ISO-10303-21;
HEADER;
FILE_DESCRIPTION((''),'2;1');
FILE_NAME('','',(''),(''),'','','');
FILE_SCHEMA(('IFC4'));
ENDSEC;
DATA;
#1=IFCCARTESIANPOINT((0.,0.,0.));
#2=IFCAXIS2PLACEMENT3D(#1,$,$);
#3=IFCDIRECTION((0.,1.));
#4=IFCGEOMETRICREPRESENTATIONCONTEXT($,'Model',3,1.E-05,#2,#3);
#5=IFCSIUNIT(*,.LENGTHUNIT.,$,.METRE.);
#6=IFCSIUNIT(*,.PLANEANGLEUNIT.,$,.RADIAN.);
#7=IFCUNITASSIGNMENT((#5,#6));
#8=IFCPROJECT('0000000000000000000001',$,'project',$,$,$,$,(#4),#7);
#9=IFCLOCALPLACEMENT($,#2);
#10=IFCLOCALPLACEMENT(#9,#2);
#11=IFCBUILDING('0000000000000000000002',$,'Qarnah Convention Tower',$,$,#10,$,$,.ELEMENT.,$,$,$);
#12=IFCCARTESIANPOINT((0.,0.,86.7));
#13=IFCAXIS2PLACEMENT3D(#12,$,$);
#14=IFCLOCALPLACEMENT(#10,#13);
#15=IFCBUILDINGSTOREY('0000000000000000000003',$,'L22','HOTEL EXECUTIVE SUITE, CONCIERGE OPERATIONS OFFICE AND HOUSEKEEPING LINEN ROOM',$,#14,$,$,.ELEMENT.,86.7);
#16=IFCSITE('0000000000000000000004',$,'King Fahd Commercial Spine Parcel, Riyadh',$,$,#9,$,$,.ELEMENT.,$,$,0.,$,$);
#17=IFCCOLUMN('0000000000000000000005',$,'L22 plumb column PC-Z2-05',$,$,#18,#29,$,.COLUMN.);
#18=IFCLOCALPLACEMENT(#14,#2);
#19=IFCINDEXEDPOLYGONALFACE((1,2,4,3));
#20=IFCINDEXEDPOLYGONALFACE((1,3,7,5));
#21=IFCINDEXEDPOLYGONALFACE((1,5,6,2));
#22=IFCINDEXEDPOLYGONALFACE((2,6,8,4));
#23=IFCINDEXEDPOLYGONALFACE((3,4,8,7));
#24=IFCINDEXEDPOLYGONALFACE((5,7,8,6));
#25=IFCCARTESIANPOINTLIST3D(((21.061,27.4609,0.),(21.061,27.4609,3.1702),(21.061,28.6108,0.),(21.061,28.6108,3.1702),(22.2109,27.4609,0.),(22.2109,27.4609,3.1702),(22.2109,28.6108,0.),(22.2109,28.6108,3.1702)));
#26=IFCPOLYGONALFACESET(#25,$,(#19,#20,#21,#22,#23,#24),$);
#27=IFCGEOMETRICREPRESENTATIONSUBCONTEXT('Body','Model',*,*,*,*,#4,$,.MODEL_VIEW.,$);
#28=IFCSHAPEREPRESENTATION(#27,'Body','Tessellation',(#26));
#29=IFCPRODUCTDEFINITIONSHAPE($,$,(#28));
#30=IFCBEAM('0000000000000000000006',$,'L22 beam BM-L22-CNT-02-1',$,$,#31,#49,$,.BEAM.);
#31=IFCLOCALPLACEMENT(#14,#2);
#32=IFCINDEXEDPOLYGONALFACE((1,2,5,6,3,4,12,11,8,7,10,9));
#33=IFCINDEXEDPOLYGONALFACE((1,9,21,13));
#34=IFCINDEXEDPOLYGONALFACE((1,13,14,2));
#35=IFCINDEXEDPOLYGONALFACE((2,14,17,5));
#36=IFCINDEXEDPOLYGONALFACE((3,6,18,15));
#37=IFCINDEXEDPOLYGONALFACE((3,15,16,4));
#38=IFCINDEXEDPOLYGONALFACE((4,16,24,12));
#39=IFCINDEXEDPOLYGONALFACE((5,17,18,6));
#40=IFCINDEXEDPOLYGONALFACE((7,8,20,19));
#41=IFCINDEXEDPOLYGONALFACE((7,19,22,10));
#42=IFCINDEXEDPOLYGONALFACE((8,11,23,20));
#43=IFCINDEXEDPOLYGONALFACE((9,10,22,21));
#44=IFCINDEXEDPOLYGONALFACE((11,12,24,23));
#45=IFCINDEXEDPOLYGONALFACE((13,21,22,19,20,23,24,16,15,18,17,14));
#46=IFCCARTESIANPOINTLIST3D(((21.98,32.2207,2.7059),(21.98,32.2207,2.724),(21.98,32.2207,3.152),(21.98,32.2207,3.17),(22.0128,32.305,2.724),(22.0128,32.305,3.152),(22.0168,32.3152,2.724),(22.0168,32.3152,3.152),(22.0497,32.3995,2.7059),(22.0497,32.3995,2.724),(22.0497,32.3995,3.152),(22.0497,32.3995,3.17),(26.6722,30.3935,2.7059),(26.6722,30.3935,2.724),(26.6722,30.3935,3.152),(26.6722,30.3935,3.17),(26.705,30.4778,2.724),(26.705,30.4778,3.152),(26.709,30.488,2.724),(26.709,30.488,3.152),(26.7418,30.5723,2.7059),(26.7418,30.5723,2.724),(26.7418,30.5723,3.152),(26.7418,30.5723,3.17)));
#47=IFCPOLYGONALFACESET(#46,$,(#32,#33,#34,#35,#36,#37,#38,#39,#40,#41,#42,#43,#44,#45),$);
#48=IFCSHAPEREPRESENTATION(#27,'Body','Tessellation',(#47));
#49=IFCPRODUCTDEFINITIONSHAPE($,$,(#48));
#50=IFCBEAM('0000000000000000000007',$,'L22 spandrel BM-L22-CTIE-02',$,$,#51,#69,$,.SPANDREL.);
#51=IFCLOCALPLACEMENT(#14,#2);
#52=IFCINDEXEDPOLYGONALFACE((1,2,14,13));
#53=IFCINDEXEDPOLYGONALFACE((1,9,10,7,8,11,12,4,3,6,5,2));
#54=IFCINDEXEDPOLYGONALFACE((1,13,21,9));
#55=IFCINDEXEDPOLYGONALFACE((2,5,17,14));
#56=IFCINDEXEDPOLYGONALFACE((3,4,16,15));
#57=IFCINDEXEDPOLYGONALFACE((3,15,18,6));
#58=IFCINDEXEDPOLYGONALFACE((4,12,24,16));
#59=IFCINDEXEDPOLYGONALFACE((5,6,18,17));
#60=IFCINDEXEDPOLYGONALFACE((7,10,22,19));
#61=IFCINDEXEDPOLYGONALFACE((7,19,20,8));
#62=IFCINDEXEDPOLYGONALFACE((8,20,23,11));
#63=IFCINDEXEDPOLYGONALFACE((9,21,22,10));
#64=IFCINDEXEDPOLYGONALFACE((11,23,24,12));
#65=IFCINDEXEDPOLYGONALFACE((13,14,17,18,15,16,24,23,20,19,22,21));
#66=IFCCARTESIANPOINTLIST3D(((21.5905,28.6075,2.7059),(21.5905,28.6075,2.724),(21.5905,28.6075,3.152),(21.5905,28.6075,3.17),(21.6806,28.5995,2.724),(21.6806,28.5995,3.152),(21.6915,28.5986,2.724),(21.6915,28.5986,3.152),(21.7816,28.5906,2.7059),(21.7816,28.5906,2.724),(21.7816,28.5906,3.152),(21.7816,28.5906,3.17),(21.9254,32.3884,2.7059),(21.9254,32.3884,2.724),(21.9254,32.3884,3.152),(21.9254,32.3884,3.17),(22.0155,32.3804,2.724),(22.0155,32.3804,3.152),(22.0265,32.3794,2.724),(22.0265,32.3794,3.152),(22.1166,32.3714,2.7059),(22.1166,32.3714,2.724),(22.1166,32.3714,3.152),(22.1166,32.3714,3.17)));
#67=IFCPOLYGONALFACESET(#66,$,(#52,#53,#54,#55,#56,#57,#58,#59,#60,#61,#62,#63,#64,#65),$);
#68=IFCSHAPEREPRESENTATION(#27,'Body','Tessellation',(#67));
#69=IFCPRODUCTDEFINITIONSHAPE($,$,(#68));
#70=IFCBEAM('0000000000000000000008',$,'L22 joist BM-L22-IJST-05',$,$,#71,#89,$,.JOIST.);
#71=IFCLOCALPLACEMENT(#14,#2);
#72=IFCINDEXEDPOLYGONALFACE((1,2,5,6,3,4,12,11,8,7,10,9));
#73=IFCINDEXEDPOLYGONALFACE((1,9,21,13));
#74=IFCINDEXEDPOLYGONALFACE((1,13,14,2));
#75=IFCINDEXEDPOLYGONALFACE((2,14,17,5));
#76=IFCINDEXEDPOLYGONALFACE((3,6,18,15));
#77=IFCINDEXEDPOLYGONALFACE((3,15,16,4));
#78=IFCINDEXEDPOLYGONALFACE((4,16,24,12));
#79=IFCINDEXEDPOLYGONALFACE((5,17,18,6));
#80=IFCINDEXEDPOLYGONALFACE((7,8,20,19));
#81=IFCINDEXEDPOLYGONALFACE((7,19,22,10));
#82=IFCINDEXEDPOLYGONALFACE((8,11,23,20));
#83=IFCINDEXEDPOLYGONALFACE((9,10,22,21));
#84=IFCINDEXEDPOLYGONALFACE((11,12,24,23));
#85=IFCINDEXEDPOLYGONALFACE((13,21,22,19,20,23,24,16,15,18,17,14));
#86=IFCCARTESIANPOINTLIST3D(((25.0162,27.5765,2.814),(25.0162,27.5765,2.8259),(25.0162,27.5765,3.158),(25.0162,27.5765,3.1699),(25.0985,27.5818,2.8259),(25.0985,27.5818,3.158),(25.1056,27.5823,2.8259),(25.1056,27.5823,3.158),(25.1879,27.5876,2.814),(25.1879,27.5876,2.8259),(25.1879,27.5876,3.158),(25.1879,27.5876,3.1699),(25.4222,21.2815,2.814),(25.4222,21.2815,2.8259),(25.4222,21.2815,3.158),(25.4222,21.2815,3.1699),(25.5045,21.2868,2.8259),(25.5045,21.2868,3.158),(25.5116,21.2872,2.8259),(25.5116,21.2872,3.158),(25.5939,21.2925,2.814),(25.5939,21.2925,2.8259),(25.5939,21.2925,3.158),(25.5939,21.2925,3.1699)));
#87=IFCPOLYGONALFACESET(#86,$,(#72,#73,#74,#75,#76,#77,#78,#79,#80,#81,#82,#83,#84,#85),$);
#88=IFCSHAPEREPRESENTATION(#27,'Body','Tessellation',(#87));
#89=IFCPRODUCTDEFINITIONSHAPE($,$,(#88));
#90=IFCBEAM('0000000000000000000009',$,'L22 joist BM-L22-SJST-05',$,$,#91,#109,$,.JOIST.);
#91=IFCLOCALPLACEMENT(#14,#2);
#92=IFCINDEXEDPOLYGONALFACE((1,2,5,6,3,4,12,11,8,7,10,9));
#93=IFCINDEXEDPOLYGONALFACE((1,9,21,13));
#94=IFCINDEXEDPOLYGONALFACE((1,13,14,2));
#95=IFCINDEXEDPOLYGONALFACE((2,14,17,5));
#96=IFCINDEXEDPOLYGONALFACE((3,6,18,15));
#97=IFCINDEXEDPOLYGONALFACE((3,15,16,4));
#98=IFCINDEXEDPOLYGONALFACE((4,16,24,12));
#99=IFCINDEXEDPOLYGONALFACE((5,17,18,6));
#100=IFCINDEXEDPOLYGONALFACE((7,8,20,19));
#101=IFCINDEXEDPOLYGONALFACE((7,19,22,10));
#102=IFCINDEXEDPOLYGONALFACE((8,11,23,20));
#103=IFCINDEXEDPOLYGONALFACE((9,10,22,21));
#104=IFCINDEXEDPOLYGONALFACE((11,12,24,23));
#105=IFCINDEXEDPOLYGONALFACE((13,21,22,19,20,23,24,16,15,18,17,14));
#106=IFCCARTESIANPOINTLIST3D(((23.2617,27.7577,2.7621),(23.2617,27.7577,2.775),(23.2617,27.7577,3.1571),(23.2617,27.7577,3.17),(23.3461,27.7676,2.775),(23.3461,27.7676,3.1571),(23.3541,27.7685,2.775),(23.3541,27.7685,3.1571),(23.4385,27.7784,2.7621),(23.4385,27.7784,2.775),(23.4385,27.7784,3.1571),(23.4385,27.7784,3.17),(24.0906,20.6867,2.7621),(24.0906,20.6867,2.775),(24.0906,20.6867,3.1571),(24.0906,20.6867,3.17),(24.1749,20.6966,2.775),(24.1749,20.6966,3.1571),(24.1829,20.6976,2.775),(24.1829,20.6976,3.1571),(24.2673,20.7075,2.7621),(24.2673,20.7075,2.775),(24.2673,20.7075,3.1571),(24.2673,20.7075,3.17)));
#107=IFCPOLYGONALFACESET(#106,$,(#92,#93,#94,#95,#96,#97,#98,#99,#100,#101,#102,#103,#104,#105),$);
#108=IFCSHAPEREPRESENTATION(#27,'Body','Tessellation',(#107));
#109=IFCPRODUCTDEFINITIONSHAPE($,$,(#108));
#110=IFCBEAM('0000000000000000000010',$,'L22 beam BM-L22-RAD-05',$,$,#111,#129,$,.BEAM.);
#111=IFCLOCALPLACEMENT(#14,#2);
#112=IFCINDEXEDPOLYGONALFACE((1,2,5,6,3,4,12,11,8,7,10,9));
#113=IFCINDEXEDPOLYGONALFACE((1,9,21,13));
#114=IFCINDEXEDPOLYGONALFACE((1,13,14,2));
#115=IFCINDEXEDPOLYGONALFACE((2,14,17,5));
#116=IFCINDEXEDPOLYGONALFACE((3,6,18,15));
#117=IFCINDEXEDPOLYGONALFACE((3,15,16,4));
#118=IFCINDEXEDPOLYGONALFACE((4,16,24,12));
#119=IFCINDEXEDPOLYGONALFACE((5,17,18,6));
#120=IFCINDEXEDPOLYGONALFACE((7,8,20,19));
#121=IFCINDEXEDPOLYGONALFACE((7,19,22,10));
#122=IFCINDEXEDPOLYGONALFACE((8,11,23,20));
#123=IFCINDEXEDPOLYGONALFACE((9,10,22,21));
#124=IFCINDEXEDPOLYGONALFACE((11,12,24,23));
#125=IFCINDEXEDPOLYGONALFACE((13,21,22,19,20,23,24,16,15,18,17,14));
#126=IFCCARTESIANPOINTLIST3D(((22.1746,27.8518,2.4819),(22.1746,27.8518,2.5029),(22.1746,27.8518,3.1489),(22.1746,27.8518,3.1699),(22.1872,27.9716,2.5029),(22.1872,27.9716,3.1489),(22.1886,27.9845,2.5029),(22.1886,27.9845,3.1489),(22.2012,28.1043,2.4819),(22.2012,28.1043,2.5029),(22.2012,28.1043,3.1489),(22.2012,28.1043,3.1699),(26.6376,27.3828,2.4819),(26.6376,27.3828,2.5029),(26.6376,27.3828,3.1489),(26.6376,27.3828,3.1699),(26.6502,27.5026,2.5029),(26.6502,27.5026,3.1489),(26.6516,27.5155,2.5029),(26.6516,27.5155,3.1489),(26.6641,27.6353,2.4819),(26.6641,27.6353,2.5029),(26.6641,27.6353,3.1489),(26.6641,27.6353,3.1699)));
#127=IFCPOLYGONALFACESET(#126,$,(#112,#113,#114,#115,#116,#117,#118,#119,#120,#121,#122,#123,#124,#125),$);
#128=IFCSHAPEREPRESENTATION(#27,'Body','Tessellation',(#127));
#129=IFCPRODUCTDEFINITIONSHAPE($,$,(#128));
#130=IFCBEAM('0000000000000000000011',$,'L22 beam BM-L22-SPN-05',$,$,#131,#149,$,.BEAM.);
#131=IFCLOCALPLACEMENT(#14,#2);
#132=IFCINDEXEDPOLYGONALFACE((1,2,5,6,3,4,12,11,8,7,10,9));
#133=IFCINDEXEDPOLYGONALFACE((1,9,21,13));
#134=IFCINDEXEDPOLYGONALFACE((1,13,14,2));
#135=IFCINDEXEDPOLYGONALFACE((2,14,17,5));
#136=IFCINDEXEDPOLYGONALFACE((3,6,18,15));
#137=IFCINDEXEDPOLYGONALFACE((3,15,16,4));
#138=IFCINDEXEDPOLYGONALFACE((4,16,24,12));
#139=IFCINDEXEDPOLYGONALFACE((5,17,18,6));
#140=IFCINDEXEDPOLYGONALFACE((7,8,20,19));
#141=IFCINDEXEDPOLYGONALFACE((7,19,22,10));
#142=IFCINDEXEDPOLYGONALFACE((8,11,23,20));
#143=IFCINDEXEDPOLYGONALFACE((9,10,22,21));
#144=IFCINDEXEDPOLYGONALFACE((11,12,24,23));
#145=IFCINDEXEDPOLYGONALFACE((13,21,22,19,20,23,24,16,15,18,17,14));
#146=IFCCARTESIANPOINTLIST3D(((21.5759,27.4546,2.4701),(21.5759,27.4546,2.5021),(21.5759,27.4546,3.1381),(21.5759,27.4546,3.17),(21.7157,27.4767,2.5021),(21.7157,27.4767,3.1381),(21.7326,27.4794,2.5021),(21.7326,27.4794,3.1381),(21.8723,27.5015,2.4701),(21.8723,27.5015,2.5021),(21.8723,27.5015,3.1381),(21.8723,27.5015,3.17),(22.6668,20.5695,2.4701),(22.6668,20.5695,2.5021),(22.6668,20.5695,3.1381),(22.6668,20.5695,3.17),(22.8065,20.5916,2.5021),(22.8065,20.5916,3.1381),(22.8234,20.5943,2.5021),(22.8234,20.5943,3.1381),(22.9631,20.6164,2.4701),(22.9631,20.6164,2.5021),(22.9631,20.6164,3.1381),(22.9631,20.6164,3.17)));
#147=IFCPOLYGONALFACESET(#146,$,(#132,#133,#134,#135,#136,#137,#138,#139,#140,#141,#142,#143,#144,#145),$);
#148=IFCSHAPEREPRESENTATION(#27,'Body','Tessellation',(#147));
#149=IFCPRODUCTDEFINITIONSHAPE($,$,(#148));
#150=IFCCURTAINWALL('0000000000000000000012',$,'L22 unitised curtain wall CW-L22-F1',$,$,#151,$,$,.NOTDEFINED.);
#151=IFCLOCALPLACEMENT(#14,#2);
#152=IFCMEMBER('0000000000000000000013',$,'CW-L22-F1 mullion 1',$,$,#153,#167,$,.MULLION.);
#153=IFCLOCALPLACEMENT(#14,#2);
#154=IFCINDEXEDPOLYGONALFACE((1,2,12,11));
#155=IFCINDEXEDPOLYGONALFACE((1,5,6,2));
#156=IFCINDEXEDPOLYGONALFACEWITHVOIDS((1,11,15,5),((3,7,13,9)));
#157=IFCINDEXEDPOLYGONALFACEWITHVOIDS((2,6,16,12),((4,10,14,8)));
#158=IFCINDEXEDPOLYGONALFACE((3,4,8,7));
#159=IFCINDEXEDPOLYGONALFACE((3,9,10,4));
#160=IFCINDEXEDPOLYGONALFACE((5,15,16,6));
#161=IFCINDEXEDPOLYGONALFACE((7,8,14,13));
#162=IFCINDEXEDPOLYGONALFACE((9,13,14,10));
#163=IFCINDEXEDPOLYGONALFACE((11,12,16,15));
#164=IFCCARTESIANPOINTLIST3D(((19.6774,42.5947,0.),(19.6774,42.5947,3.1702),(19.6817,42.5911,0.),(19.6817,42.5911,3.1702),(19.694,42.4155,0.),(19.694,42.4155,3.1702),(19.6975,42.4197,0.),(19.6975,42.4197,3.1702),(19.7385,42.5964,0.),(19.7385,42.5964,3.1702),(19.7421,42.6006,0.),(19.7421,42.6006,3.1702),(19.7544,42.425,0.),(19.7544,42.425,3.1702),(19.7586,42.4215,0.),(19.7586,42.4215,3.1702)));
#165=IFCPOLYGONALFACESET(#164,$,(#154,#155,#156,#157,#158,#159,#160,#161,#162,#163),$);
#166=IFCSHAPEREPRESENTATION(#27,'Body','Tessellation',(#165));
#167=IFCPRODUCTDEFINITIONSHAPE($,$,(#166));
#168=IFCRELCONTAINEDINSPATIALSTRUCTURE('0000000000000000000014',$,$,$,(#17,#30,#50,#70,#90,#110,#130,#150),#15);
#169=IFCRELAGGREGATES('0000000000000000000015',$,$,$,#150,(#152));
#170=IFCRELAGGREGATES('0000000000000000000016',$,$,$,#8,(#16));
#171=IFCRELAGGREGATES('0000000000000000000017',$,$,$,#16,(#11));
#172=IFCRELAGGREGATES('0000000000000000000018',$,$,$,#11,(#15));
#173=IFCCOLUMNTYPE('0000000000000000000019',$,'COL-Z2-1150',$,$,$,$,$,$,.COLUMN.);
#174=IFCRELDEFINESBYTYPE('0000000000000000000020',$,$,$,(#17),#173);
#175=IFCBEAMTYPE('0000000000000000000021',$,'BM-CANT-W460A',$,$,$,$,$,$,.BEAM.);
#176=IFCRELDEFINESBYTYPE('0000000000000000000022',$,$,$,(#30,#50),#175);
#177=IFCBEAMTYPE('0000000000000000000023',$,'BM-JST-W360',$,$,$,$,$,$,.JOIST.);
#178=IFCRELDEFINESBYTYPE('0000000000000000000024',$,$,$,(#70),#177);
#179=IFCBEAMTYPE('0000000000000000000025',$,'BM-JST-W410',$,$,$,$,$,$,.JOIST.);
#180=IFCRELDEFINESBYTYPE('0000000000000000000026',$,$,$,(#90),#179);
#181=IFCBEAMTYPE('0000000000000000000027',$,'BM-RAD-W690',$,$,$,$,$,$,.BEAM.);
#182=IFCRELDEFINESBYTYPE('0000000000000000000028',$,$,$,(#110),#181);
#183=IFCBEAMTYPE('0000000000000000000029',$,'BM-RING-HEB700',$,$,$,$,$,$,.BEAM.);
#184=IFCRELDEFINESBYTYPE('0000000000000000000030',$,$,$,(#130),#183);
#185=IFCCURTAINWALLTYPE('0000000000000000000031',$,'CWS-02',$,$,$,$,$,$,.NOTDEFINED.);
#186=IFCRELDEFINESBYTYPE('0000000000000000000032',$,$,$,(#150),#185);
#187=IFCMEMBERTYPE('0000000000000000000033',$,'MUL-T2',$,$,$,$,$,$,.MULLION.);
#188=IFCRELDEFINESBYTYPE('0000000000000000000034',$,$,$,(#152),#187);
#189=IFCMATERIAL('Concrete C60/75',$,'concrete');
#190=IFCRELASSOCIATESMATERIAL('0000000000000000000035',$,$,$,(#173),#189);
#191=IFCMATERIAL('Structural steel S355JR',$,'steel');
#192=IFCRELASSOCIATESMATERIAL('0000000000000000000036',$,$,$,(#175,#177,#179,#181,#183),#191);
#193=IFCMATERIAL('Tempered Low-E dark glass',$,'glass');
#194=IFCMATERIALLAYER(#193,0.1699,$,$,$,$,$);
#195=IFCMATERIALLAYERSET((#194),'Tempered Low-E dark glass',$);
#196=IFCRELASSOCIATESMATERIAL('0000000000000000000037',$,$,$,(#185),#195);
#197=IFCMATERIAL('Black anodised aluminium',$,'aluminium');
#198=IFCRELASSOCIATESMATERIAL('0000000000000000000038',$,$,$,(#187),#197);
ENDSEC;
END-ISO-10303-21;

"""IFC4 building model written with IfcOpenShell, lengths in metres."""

from ifc_helpers import new_model, si_unit, direction, frame, origin, origin_2d, place, context, subcontext, project, spatial, rectangle, hollow_rectangle, i_section, extrude, material, layer, layer_set, material_profile, profile_set, type_object, element, aggregate, save


model = new_model("IFC4")

# Units and contexts
model_context = context("Model", 3, precision=1e-05, world=origin(), true_north=direction((0.0, 1.0)))
body_context = subcontext(model_context, "Body", "Model", "MODEL_VIEW")
ifc_project = project(units=[si_unit("LENGTHUNIT", "METRE"), si_unit("PLANEANGLEUNIT", "RADIAN")], contexts=[model_context])

# Site, building, storey
site_placement = place(None, origin())
site = spatial("IfcSite", under=ifc_project, at=site_placement, Name="King Fahd Commercial Spine Parcel, Riyadh", CompositionType="ELEMENT", RefElevation=0.0)
building_placement = place(site_placement, origin())
building = spatial("IfcBuilding", under=site, at=building_placement, Name="Qarnah Convention Tower", CompositionType="ELEMENT")
storey_placement = place(building_placement, frame((0.0, 0.0, 86.7)))
storey = spatial("IfcBuildingStorey", under=building, at=storey_placement, Name="L22", Description="HOTEL EXECUTIVE SUITE, CONCIERGE OPERATIONS OFFICE AND HOUSEKEEPING LINEN ROOM", CompositionType="ELEMENT", Elevation=86.7)

# Column
ifc_material_1 = material(Name="Concrete C60/75", Category="concrete")
ifc_material_profile_1 = material_profile(ifc_material_1, rectangle(XDim=1.1499, YDim=1.1499, at=origin_2d()), Name="RC-COL-1150X1150")
ifc_profile_set_1 = profile_set([ifc_material_profile_1], Name="Concrete C60/75")
column_type = type_object("IfcColumnType", Name="COL-Z2-1150", PredefinedType="COLUMN", material=ifc_profile_set_1)
column_placement = place(storey_placement, frame((21.636, 28.0359, 0.0), z_axis=(0.0, 0.0, 1.0), x_axis=(1.0, 0.0, 0.0)))
element("IfcColumn", 1, at=column_placement, inside=storey, type_object=column_type, Name="L22 plumb column PC-Z2-05", PredefinedType="COLUMN", context=body_context, shape_type="SweptSolid", body=[
    extrude(rectangle(XDim=1.1499, YDim=1.1499, at=origin_2d()), origin(), (0.0, 0.0, 1.0), 3.1702),
])

# Beams
ifc_material_2 = material(Name="Structural steel S355JR", Category="steel")
ifc_material_profile_2 = material_profile(ifc_material_2, i_section(OverallWidth=0.1919, OverallDepth=0.4641, WebThickness=0.011, FlangeThickness=0.0181, at=origin_2d()), Name="W460X89")
ifc_profile_set_2 = profile_set([ifc_material_profile_2], Name="Structural steel S355JR")
beam_type_1 = type_object("IfcBeamType", Name="BM-CANT-W460A", PredefinedType="BEAM", material=ifc_profile_set_2)
beam_1_placement = place(storey_placement, frame((26.707, 30.4829, 2.938), z_axis=(-0.931842, 0.362865, 0.0), x_axis=(-0.362865, -0.931842, 0.0)))
element("IfcBeam", 2, at=beam_1_placement, inside=storey, type_object=beam_type_1, Name="L22 beam BM-L22-CNT-02-1", PredefinedType="BEAM", context=body_context, shape_type="SweptSolid", body=[
    extrude(i_section(OverallWidth=0.1919, OverallDepth=0.4641, WebThickness=0.011, FlangeThickness=0.0181, at=origin_2d()), origin(), (0.0, 0.0, 1.0), 5.0354),
])
beam_2_placement = place(storey_placement, frame((22.021, 32.3799, 2.938), z_axis=(-0.08825, -0.996098, 0.0), x_axis=(0.996098, -0.08825, 0.0)))
element("IfcBeam", 3, at=beam_2_placement, inside=storey, type_object=beam_type_1, Name="L22 spandrel BM-L22-CTIE-02", PredefinedType="SPANDREL", context=body_context, shape_type="SweptSolid", body=[
    extrude(i_section(OverallWidth=0.1919, OverallDepth=0.4641, WebThickness=0.011, FlangeThickness=0.0181, at=origin_2d()), origin(), (0.0, 0.0, 1.0), 3.7957),
])
ifc_material_profile_3 = material_profile(ifc_material_2, i_section(OverallWidth=0.1721, OverallDepth=0.356, WebThickness=0.0071, FlangeThickness=0.012, at=origin_2d()), Name="W360X51")
ifc_profile_set_3 = profile_set([ifc_material_profile_3], Name="Structural steel S355JR")
beam_type_2 = type_object("IfcBeamType", Name="BM-JST-W360", PredefinedType="JOIST", material=ifc_profile_set_3)
beam_3_placement = place(storey_placement, frame((25.1021, 27.582, 2.9919), z_axis=(0.064364, -0.997927, 0.0), x_axis=(0.997927, 0.064364, 0.0)))
element("IfcBeam", 4, at=beam_3_placement, inside=storey, type_object=beam_type_2, Name="L22 joist BM-L22-IJST-05", PredefinedType="JOIST", context=body_context, shape_type="SweptSolid", body=[
    extrude(i_section(OverallWidth=0.1721, OverallDepth=0.356, WebThickness=0.0071, FlangeThickness=0.012, at=origin_2d()), origin(), (0.0, 0.0, 1.0), 6.3081),
])
ifc_material_profile_4 = material_profile(ifc_material_2, i_section(OverallWidth=0.178, OverallDepth=0.408, WebThickness=0.0081, FlangeThickness=0.0129, at=origin_2d()), Name="W410X60")
ifc_profile_set_4 = profile_set([ifc_material_profile_4], Name="Structural steel S355JR")
beam_type_3 = type_object("IfcBeamType", Name="BM-JST-W410", PredefinedType="JOIST", material=ifc_profile_set_4)
beam_4_placement = place(storey_placement, frame((23.3501, 27.7681, 2.9661), z_axis=(0.116421, -0.9932, 0.0), x_axis=(0.9932, 0.116421, 0.0)))
element("IfcBeam", 5, at=beam_4_placement, inside=storey, type_object=beam_type_3, Name="L22 joist BM-L22-SJST-05", PredefinedType="JOIST", context=body_context, shape_type="SweptSolid", body=[
    extrude(i_section(OverallWidth=0.178, OverallDepth=0.408, WebThickness=0.0081, FlangeThickness=0.0129, at=origin_2d()), origin(), (0.0, 0.0, 1.0), 7.1194),
])
ifc_material_profile_5 = material_profile(ifc_material_2, i_section(OverallWidth=0.2539, OverallDepth=0.688, WebThickness=0.0129, FlangeThickness=0.021, at=origin_2d()), Name="W690X152")
ifc_profile_set_5 = profile_set([ifc_material_profile_5], Name="Structural steel S355JR")
beam_type_4 = type_object("IfcBeamType", Name="BM-RAD-W690", PredefinedType="BEAM", material=ifc_profile_set_5)
beam_5_placement = place(storey_placement, frame((26.6509, 27.509, 2.8259), z_axis=(-0.994524, 0.104512, 0.0), x_axis=(-0.104512, -0.994524, 0.0)))
element("IfcBeam", 6, at=beam_5_placement, inside=storey, type_object=beam_type_4, Name="L22 beam BM-L22-RAD-05", PredefinedType="BEAM", context=body_context, shape_type="SweptSolid", body=[
    extrude(i_section(OverallWidth=0.2539, OverallDepth=0.688, WebThickness=0.0129, FlangeThickness=0.021, at=origin_2d()), origin(), (0.0, 0.0, 1.0), 4.4875),
])
ifc_material_profile_6 = material_profile(ifc_material_2, i_section(OverallWidth=0.3, OverallDepth=0.7, WebThickness=0.0171, FlangeThickness=0.032, at=origin_2d()), Name="HEB700")
ifc_profile_set_6 = profile_set([ifc_material_profile_6], Name="Structural steel S355JR")
beam_type_5 = type_object("IfcBeamType", Name="BM-RING-HEB700", PredefinedType="BEAM", material=ifc_profile_set_6)
beam_6_placement = place(storey_placement, frame((21.7241, 27.478, 2.8201), z_axis=(0.156482, -0.987681, 0.0), x_axis=(0.987681, 0.156482, 0.0)))
element("IfcBeam", 7, at=beam_6_placement, inside=storey, type_object=beam_type_5, Name="L22 beam BM-L22-SPN-05", PredefinedType="BEAM", context=body_context, shape_type="SweptSolid", body=[
    extrude(i_section(OverallWidth=0.3, OverallDepth=0.7, WebThickness=0.0171, FlangeThickness=0.032, at=origin_2d()), origin(), (0.0, 0.0, 1.0), 6.9709),
])

# Curtain wall, member
ifc_material_3 = material(Name="Tempered Low-E dark glass", Category="glass")
ifc_layer_1 = layer(ifc_material_3, 0.1699)
ifc_layer_set_1 = layer_set([ifc_layer_1], Name="Tempered Low-E dark glass")
curtain_wall_type = type_object("IfcCurtainWallType", Name="CWS-02", PredefinedType="NOTDEFINED", material=ifc_layer_set_1)
curtain_wall_1_placement = place(storey_placement, origin())
curtain_wall_1 = element("IfcCurtainWall", 8, at=curtain_wall_1_placement, inside=storey, type_object=curtain_wall_type, Name="L22 unitised curtain wall CW-L22-F1", PredefinedType="NOTDEFINED")
ifc_material_4 = material(Name="Black anodised aluminium", Category="aluminium")
ifc_material_profile_7 = material_profile(ifc_material_4, hollow_rectangle(XDim=0.0649, YDim=0.1799, WallThickness=0.0039, at=origin_2d()), Name="MUL-65X180")
ifc_profile_set_7 = profile_set([ifc_material_profile_7], Name="Black anodised aluminium")
member_type_1 = type_object("IfcMemberType", Name="MUL-T2", PredefinedType="MULLION", material=ifc_profile_set_7)
member_1_placement = place(storey_placement, frame((19.718, 42.5081, 0.0), z_axis=(0.0, 0.0, 1.0), x_axis=(0.995756, 0.092031, 0.0)))
member_1 = element("IfcMember", 9, at=member_1_placement, type_object=member_type_1, Name="CW-L22-F1 mullion 1", PredefinedType="MULLION", context=body_context, shape_type="SweptSolid", body=[
    extrude(hollow_rectangle(XDim=0.0649, YDim=0.1799, WallThickness=0.0039, at=origin_2d()), origin(), (0.0, 0.0, 1.0), 3.1702),
])

aggregate(curtain_wall_1, [member_1])

save(model, "model.ifc")
